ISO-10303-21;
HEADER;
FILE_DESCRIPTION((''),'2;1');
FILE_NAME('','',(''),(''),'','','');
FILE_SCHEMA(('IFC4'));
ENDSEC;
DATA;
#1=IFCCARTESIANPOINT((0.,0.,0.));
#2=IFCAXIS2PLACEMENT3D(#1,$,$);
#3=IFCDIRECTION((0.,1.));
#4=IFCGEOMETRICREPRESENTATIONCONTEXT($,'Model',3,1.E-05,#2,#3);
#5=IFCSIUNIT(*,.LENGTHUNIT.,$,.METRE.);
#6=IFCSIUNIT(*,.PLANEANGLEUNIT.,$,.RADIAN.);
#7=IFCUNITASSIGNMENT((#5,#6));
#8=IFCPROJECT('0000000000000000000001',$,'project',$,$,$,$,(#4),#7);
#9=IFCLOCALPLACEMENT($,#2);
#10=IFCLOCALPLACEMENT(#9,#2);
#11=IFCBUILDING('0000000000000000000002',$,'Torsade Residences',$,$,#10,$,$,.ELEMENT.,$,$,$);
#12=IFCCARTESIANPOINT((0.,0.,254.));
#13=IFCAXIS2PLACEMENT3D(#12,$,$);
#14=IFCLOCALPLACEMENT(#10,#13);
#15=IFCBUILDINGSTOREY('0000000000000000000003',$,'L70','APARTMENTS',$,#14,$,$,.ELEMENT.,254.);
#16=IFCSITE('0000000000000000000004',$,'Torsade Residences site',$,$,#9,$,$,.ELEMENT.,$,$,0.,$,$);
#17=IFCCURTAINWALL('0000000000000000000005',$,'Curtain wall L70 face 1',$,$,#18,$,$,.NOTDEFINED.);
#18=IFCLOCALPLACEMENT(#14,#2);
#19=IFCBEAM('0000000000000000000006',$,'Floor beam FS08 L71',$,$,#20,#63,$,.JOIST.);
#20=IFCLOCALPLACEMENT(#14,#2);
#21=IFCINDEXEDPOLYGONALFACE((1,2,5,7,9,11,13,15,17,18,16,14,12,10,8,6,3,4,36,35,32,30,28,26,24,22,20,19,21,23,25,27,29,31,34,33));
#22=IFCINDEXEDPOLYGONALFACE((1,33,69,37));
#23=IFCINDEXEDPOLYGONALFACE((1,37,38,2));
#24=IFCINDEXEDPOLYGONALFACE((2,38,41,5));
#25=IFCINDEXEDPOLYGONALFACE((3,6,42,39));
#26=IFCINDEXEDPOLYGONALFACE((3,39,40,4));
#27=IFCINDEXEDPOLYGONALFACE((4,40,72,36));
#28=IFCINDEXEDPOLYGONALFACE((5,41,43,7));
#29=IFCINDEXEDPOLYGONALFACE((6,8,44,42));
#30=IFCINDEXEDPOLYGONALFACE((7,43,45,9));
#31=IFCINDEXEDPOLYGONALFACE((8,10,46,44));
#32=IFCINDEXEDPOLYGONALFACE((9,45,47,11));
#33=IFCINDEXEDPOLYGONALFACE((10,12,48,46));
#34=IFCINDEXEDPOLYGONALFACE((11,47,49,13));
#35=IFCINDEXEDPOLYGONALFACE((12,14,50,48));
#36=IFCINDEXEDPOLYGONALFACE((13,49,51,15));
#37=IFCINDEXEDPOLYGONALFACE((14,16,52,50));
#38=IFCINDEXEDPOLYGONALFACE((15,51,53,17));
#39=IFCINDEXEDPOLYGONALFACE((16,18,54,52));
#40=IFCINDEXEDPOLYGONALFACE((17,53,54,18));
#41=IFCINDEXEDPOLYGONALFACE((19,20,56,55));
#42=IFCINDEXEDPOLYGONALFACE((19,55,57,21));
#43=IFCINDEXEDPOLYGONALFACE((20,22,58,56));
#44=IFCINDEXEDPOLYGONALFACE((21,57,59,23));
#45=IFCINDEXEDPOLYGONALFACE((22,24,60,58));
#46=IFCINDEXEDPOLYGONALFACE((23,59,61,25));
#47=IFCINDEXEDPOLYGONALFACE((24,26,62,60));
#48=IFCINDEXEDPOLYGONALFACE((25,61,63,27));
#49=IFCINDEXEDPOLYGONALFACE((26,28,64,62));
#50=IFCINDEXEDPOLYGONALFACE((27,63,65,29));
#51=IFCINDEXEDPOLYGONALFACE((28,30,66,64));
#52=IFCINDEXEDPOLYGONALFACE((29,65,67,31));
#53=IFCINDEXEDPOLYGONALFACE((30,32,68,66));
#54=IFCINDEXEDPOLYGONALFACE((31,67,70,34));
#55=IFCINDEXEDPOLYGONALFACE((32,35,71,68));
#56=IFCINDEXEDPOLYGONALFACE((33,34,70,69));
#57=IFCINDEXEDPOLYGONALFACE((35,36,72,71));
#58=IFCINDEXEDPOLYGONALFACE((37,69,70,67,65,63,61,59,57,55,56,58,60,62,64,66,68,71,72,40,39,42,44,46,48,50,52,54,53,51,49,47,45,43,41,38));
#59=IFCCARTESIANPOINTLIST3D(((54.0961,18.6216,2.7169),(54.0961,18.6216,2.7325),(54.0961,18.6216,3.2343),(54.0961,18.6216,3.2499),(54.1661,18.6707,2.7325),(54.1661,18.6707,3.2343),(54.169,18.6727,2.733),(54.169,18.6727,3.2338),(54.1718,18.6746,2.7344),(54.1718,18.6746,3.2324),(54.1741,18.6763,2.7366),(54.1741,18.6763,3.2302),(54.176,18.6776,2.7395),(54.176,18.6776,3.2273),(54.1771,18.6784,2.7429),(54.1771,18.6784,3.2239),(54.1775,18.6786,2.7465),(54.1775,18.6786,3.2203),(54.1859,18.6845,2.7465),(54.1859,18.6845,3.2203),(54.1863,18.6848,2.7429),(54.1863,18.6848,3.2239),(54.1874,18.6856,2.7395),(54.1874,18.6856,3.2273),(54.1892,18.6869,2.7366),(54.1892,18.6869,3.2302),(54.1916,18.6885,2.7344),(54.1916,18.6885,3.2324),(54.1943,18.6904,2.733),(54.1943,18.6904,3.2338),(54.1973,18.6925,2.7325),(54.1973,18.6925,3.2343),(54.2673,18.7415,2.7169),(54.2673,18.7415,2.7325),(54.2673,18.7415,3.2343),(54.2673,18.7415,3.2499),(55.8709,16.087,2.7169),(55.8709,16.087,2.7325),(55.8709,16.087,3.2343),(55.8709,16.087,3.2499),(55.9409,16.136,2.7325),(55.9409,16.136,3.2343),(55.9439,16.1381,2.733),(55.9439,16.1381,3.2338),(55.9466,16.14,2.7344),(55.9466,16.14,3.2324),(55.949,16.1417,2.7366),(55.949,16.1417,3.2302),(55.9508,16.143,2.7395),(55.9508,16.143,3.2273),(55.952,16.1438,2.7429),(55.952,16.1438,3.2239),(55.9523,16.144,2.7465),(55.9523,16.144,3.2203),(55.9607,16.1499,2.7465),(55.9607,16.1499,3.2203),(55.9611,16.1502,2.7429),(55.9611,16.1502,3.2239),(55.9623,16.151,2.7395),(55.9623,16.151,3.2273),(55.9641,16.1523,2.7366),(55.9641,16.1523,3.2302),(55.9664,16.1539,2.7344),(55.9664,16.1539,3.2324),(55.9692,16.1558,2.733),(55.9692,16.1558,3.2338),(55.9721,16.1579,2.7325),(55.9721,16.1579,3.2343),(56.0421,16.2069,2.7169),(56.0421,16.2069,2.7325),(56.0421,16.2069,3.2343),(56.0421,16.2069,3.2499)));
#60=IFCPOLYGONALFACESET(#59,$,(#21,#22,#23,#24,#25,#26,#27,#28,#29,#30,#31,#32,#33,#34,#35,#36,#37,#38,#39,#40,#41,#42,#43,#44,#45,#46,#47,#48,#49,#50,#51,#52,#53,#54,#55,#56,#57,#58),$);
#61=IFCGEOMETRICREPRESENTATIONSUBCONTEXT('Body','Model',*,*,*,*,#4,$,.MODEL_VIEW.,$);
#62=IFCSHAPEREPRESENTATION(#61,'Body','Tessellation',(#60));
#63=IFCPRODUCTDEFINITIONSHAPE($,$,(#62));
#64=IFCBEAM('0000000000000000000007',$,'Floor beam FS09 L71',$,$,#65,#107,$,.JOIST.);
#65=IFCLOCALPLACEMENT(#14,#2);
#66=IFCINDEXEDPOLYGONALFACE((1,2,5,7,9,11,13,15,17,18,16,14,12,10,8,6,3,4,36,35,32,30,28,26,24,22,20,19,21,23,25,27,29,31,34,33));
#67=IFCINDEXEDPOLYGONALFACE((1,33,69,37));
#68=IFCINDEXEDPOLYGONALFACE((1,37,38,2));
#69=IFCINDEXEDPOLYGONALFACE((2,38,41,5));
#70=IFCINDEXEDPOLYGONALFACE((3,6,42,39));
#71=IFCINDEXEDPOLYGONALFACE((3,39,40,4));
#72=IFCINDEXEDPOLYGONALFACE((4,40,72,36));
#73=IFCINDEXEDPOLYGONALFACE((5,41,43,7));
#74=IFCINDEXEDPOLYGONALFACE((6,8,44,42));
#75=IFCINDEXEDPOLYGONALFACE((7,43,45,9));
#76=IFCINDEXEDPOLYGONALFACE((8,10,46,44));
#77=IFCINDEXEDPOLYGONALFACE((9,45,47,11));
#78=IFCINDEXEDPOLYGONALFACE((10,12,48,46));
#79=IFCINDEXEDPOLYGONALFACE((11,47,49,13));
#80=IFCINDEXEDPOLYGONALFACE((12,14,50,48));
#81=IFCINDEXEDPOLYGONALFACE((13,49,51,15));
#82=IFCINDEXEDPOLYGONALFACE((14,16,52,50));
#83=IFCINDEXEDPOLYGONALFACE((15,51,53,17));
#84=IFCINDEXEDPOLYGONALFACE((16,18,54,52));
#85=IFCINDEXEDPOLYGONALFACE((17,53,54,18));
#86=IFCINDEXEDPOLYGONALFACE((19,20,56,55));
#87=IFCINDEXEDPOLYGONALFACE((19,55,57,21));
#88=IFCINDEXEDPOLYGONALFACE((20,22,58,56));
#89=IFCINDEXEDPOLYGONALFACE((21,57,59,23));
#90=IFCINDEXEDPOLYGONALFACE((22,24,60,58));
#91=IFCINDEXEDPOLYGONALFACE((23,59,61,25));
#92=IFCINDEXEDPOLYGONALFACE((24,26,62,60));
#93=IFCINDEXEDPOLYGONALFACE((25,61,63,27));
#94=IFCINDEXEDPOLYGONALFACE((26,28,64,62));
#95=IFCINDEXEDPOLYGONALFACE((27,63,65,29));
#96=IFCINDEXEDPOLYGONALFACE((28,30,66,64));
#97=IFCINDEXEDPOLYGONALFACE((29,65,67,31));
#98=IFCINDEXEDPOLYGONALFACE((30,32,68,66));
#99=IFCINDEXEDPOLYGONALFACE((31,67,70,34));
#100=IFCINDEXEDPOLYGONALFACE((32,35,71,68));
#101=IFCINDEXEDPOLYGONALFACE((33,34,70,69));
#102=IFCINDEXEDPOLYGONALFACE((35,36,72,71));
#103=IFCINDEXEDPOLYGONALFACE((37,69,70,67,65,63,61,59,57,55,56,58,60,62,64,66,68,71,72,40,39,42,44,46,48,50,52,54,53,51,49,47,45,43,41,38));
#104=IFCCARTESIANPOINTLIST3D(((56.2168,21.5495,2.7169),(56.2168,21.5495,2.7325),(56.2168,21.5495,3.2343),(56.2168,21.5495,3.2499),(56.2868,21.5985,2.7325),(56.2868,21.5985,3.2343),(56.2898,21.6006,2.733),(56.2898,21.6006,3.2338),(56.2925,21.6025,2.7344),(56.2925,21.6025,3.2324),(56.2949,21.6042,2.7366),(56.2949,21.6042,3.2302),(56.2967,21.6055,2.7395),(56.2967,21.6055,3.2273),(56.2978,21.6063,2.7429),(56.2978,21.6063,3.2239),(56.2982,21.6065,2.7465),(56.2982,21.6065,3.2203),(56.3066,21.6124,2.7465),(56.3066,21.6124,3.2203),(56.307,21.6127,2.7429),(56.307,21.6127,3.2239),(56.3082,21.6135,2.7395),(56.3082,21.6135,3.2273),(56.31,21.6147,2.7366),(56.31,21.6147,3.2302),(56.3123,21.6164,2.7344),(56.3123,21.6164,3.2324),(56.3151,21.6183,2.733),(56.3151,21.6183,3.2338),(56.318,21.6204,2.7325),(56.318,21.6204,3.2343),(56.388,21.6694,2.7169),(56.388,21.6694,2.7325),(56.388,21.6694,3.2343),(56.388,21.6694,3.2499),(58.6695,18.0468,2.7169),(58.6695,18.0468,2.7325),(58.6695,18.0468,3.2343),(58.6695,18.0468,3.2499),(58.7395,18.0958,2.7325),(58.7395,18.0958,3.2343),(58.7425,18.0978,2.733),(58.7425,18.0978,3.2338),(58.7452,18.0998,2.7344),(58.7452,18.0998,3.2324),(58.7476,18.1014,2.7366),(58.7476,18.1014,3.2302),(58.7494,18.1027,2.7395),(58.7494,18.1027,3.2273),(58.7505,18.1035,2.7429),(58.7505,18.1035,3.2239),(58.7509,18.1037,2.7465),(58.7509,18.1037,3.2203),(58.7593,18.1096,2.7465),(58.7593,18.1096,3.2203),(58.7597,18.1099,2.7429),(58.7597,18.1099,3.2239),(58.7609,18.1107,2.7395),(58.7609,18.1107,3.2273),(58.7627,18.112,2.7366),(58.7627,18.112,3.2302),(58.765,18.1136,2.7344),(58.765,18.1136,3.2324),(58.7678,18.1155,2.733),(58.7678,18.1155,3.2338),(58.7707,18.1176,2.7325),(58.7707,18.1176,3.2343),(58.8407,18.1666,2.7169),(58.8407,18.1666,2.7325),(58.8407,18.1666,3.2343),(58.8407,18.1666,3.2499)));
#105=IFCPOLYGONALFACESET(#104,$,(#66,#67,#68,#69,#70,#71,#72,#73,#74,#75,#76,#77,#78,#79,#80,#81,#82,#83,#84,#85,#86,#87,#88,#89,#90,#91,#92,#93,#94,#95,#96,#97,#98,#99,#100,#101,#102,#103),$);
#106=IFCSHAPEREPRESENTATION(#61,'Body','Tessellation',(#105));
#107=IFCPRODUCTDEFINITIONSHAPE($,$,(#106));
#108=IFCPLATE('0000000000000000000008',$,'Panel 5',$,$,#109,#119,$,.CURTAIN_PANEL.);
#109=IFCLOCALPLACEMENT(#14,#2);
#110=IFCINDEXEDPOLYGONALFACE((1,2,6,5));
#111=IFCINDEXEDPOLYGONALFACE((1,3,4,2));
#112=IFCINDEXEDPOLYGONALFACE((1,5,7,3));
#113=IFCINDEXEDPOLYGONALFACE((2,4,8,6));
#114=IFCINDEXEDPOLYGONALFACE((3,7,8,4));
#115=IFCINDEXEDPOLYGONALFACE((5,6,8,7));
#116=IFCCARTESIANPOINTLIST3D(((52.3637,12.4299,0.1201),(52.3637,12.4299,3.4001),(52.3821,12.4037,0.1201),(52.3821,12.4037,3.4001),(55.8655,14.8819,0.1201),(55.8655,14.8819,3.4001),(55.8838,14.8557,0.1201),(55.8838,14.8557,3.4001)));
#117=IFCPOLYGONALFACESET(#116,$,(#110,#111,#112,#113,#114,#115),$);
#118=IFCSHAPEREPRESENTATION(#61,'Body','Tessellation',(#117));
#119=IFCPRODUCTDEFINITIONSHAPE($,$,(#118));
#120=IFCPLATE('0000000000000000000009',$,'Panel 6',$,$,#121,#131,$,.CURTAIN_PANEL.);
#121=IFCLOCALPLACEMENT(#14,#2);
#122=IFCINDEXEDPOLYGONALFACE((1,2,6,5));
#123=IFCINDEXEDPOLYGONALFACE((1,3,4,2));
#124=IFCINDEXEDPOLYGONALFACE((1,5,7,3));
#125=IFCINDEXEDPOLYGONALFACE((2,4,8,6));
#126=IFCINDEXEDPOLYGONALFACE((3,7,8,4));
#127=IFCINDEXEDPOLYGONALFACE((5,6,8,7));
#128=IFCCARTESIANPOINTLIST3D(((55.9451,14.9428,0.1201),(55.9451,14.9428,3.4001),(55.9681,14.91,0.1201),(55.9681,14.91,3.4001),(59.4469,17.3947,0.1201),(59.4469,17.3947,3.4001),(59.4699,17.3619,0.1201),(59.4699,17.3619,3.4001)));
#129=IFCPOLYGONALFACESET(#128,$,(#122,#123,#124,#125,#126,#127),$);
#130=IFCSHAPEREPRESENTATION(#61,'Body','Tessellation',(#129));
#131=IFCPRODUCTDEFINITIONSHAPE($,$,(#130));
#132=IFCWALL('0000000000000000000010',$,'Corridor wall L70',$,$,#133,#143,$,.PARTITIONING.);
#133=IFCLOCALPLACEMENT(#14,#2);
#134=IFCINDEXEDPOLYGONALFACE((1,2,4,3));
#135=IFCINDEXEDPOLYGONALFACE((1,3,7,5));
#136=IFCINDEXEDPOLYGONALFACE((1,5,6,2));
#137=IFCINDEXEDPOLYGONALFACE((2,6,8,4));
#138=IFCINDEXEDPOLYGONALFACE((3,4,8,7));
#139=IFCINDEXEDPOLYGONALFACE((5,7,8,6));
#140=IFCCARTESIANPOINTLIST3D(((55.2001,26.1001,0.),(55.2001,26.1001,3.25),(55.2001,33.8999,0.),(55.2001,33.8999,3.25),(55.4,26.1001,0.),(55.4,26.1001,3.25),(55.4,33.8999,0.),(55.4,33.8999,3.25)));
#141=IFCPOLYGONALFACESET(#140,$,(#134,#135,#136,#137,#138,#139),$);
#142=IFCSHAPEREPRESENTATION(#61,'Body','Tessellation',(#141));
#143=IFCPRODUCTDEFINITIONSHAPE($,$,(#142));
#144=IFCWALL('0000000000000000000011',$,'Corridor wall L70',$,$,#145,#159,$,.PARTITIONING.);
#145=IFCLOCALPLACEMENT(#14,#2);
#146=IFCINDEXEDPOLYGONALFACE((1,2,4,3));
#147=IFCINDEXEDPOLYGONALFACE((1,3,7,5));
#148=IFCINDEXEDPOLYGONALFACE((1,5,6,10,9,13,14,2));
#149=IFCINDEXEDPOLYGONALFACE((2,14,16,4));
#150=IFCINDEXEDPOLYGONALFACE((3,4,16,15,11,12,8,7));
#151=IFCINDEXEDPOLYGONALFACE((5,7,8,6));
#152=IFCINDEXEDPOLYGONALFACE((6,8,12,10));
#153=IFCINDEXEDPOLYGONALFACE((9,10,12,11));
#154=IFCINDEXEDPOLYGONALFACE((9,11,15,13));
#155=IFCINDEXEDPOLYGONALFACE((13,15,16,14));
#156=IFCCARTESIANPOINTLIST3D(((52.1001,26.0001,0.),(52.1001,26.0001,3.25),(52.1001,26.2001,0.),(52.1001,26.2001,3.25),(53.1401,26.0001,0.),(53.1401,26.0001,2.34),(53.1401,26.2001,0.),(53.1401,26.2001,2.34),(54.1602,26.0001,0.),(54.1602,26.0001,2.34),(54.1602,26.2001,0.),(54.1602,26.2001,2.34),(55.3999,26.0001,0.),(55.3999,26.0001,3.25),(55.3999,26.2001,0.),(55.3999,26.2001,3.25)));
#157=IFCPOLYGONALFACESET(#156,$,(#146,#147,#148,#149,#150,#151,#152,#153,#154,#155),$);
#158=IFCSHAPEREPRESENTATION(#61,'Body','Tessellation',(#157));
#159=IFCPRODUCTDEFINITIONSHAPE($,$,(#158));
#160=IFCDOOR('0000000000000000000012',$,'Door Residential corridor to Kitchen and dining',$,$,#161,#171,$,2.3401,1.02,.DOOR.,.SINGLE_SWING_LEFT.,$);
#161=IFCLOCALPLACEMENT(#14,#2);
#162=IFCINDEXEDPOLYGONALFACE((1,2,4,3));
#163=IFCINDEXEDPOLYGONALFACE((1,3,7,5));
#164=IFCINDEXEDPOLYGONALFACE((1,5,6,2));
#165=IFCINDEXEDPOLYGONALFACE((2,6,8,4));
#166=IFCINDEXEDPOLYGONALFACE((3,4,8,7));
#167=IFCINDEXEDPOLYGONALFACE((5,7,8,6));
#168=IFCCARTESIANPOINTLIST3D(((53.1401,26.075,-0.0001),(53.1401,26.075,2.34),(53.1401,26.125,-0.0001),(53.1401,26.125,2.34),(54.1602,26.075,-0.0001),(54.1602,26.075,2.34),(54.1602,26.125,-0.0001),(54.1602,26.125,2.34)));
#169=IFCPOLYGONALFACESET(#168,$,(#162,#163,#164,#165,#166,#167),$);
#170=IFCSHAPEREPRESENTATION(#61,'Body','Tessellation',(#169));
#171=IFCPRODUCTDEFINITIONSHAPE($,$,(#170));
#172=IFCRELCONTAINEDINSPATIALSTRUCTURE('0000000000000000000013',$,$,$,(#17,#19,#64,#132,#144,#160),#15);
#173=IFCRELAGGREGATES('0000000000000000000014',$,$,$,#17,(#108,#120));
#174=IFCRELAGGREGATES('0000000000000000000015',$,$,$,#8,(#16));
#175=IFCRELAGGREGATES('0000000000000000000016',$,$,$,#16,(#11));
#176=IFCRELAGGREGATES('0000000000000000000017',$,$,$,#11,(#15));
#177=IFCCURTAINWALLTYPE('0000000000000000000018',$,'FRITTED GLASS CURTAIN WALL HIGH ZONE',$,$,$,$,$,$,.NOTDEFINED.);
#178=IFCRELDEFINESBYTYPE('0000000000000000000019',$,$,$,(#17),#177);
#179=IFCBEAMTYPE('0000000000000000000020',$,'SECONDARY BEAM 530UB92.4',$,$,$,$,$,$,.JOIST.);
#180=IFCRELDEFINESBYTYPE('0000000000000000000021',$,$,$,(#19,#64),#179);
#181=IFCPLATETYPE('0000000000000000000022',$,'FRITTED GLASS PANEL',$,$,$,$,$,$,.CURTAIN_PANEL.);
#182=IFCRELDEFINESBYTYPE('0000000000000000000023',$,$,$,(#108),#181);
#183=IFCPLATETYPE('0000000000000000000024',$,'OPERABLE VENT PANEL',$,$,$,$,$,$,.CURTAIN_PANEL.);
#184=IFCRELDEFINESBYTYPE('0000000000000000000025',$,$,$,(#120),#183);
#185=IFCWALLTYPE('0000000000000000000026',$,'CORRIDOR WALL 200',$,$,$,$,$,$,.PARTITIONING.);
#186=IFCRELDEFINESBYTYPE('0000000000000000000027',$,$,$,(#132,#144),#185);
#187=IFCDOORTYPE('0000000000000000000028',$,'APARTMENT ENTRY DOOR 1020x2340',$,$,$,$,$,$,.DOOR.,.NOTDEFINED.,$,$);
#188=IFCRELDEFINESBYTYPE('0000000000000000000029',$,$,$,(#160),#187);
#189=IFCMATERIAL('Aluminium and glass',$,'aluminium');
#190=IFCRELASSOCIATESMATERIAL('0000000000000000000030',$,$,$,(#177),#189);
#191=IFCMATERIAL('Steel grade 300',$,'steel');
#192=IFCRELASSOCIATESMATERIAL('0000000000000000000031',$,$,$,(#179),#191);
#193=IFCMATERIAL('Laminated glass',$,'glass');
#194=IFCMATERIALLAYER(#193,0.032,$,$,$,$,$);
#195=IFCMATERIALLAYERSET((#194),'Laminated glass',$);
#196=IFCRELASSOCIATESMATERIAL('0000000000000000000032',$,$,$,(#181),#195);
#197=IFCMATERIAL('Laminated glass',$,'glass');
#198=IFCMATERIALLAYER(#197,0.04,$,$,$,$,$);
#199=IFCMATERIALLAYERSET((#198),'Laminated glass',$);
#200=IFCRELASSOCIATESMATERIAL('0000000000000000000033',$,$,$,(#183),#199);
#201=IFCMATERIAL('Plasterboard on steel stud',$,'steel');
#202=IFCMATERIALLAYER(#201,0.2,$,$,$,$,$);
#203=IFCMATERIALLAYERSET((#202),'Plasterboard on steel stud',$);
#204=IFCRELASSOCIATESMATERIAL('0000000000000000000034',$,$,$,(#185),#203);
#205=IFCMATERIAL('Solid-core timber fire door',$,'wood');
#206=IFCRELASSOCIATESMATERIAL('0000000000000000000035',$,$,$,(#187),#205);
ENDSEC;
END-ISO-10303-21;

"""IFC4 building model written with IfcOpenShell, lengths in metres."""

from ifc_helpers import new_model, si_unit, direction, frame, frame_2d, origin, origin_2d, place, context, subcontext, project, spatial, rectangle, i_section, extrude, material, layer, layer_set, material_profile, profile_set, type_object, element, fill, aggregate, save


model = new_model("IFC4")

# Units and contexts
model_context = context("Model", 3, precision=1e-05, world=origin(), true_north=direction((0.0, 1.0)))
body_context = subcontext(model_context, "Body", "Model", "MODEL_VIEW")
ifc_project = project(units=[si_unit("LENGTHUNIT", "METRE"), si_unit("PLANEANGLEUNIT", "RADIAN")], contexts=[model_context])

# Site, building, storey
site_placement = place(None, origin())
site = spatial("IfcSite", under=ifc_project, at=site_placement, Name="Torsade Residences site", CompositionType="ELEMENT", RefElevation=0.0)
building_placement = place(site_placement, origin())
building = spatial("IfcBuilding", under=site, at=building_placement, Name="Torsade Residences", CompositionType="ELEMENT")
storey_placement = place(building_placement, frame((0.0, 0.0, 254.0)))
storey = spatial("IfcBuildingStorey", under=building, at=storey_placement, Name="L70", Description="APARTMENTS", CompositionType="ELEMENT", Elevation=254.0)

# Curtain wall
ifc_material_1 = material(Name="Aluminium and glass", Category="aluminium")
curtain_wall_type = type_object("IfcCurtainWallType", Name="FRITTED GLASS CURTAIN WALL HIGH ZONE", PredefinedType="NOTDEFINED", material=ifc_material_1)
curtain_wall_placement = place(storey_placement, origin())
curtain_wall = element("IfcCurtainWall", 1, at=curtain_wall_placement, inside=storey, type_object=curtain_wall_type, Name="Curtain wall L70 face 1", PredefinedType="NOTDEFINED")

# Beams
ifc_material_2 = material(Name="Steel grade 300", Category="steel")
ifc_material_profile_1 = material_profile(ifc_material_2, i_section(OverallWidth=0.209, OverallDepth=0.533, WebThickness=0.0103, FlangeThickness=0.0156, FilletRadius=0.0139, at=origin_2d()), Name="530UB92.4")
ifc_profile_set_1 = profile_set([ifc_material_profile_1], Name="Steel grade 300")
beam_type_1 = type_object("IfcBeamType", Name="SECONDARY BEAM 530UB92.4", PredefinedType="JOIST", material=ifc_profile_set_1)
beam_1_placement = place(storey_placement, frame((55.9565, 16.147, 2.9834), z_axis=(-0.5736, 0.819136, 0.0), x_axis=(-0.819136, -0.5736, 0.0)))
element("IfcBeam", 2, at=beam_1_placement, inside=storey, type_object=beam_type_1, Name="Floor beam FS08 L71", PredefinedType="JOIST", context=body_context, shape_type="SweptSolid", body=[
    extrude(i_section(OverallWidth=0.209, OverallDepth=0.533, WebThickness=0.0103, FlangeThickness=0.0156, FilletRadius=0.0139, at=origin_2d()), origin(), (0.0, 0.0, 1.0), 3.0942),
])
beam_2_placement = place(storey_placement, frame((58.7551, 18.1067, 2.9834), z_axis=(-0.573581, 0.819149, 0.0), x_axis=(-0.819149, -0.573581, 0.0)))
element("IfcBeam", 3, at=beam_2_placement, inside=storey, type_object=beam_type_1, Name="Floor beam FS09 L71", PredefinedType="JOIST", context=body_context, shape_type="SweptSolid", body=[
    extrude(i_section(OverallWidth=0.209, OverallDepth=0.533, WebThickness=0.0103, FlangeThickness=0.0156, FilletRadius=0.0139, at=origin_2d()), origin(), (0.0, 0.0, 1.0), 4.2761),
])

# Plates
ifc_material_3 = material(Name="Laminated glass", Category="glass")
ifc_layer_1 = layer(ifc_material_3, 0.032)
ifc_layer_set_1 = layer_set([ifc_layer_1], Name="Laminated glass")
plate_type_1 = type_object("IfcPlateType", Name="FRITTED GLASS PANEL", PredefinedType="CURTAIN_PANEL", material=ifc_layer_set_1)
plate_1_placement = place(storey_placement, frame((54.1238, 13.6428, 0.1201), z_axis=(0.0, 0.0, 1.0), x_axis=(0.819152, 0.573576, 0.0)))
plate_1 = element("IfcPlate", 4, at=plate_1_placement, type_object=plate_type_1, Name="Panel 5", PredefinedType="CURTAIN_PANEL", context=body_context, shape_type="SweptSolid", body=[
    extrude(rectangle(XDim=4.2749, YDim=0.032, at=origin_2d()), origin(), (0.0, 0.0, 1.0), 3.28),
])
ifc_material_4 = material(Name="Laminated glass", Category="glass")
ifc_layer_2 = layer(ifc_material_4, 0.04)
ifc_layer_set_2 = layer_set([ifc_layer_2], Name="Laminated glass")
plate_type_2 = type_object("IfcPlateType", Name="OPERABLE VENT PANEL", PredefinedType="CURTAIN_PANEL", material=ifc_layer_set_2)
plate_2_placement = place(storey_placement, frame((57.7075, 16.1523, 0.1201), z_axis=(0.0, 0.0, 1.0), x_axis=(0.819152, 0.573576, 0.0)))
plate_2 = element("IfcPlate", 5, at=plate_2_placement, type_object=plate_type_2, Name="Panel 6", PredefinedType="CURTAIN_PANEL", context=body_context, shape_type="SweptSolid", body=[
    extrude(rectangle(XDim=4.2749, YDim=0.04, at=origin_2d()), origin(), (0.0, 0.0, 1.0), 3.28),
])
aggregate(curtain_wall, [plate_1, plate_2])

# Wall
ifc_material_5 = material(Name="Plasterboard on steel stud", Category="steel")
ifc_layer_3 = layer(ifc_material_5, 0.2)
ifc_layer_set_3 = layer_set([ifc_layer_3], Name="Plasterboard on steel stud")
wall_type_1 = type_object("IfcWallType", Name="CORRIDOR WALL 200", PredefinedType="PARTITIONING", material=ifc_layer_set_3)
wall_1_placement = place(storey_placement, frame((55.3, 26.1001, 0.0), z_axis=(0.0, 0.0, 1.0), x_axis=(0.0, 1.0, 0.0)))
element("IfcWall", 6, at=wall_1_placement, inside=storey, type_object=wall_type_1, Name="Corridor wall L70", PredefinedType="PARTITIONING", context=body_context, shape_type="SweptSolid", body=[
    extrude(rectangle(XDim=7.7998, YDim=0.2, at=frame_2d((3.8999, 0.0))), origin(), (0.0, 0.0, 1.0), 3.25),
])

# Wall, opening, door
wall_2_placement = place(storey_placement, frame((52.1001, 26.1001, 0.0), z_axis=(0.0, 0.0, 1.0), x_axis=(1.0, 0.0, 0.0)))
wall_2 = element("IfcWall", 7, at=wall_2_placement, inside=storey, type_object=wall_type_1, Name="Corridor wall L70", PredefinedType="PARTITIONING", context=body_context, shape_type="SweptSolid", body=[
    extrude(rectangle(XDim=3.2998, YDim=0.2, at=frame_2d((1.6499, 0.0))), origin(), (0.0, 0.0, 1.0), 3.25),
])
opening_1_placement = place(wall_2_placement, frame((1.04, 0.0, 0.0)))
opening_1 = element("IfcOpeningElement", 8, at=opening_1_placement, cuts=wall_2, PredefinedType="OPENING", context=body_context, shape_type="SweptSolid", body=[
    extrude(rectangle(XDim=1.02, YDim=2.3401, at=frame_2d((0.51, 1.1699))), frame((0.0, 0.1099, 0.0), z_axis=(0.0, -1.0, 0.0), x_axis=(1.0, 0.0, 0.0)), (0.0, 0.0, 1.0), 0.22),
])
ifc_material_6 = material(Name="Solid-core timber fire door", Category="wood")
door_type_1 = type_object("IfcDoorType", Name="APARTMENT ENTRY DOOR 1020x2340", OperationType="NOTDEFINED", PredefinedType="DOOR", material=ifc_material_6)
door_1_placement = place(opening_1_placement, origin())
door_1 = element("IfcDoor", 9, at=door_1_placement, inside=storey, type_object=door_type_1, Name="Door Residential corridor to Kitchen and dining", OperationType="SINGLE_SWING_LEFT", OverallHeight=2.3401, OverallWidth=1.02, PredefinedType="DOOR", context=body_context, shape_type="SweptSolid", body=[
    extrude(rectangle(XDim=1.02, YDim=2.3401, at=frame_2d((0.51, 1.1699))), frame((0.0, 0.0249, 0.0), z_axis=(0.0, -1.0, 0.0), x_axis=(1.0, 0.0, 0.0)), (0.0, 0.0, 1.0), 0.05),
])
fill(opening_1, door_1)

save(model, "model.ifc")
